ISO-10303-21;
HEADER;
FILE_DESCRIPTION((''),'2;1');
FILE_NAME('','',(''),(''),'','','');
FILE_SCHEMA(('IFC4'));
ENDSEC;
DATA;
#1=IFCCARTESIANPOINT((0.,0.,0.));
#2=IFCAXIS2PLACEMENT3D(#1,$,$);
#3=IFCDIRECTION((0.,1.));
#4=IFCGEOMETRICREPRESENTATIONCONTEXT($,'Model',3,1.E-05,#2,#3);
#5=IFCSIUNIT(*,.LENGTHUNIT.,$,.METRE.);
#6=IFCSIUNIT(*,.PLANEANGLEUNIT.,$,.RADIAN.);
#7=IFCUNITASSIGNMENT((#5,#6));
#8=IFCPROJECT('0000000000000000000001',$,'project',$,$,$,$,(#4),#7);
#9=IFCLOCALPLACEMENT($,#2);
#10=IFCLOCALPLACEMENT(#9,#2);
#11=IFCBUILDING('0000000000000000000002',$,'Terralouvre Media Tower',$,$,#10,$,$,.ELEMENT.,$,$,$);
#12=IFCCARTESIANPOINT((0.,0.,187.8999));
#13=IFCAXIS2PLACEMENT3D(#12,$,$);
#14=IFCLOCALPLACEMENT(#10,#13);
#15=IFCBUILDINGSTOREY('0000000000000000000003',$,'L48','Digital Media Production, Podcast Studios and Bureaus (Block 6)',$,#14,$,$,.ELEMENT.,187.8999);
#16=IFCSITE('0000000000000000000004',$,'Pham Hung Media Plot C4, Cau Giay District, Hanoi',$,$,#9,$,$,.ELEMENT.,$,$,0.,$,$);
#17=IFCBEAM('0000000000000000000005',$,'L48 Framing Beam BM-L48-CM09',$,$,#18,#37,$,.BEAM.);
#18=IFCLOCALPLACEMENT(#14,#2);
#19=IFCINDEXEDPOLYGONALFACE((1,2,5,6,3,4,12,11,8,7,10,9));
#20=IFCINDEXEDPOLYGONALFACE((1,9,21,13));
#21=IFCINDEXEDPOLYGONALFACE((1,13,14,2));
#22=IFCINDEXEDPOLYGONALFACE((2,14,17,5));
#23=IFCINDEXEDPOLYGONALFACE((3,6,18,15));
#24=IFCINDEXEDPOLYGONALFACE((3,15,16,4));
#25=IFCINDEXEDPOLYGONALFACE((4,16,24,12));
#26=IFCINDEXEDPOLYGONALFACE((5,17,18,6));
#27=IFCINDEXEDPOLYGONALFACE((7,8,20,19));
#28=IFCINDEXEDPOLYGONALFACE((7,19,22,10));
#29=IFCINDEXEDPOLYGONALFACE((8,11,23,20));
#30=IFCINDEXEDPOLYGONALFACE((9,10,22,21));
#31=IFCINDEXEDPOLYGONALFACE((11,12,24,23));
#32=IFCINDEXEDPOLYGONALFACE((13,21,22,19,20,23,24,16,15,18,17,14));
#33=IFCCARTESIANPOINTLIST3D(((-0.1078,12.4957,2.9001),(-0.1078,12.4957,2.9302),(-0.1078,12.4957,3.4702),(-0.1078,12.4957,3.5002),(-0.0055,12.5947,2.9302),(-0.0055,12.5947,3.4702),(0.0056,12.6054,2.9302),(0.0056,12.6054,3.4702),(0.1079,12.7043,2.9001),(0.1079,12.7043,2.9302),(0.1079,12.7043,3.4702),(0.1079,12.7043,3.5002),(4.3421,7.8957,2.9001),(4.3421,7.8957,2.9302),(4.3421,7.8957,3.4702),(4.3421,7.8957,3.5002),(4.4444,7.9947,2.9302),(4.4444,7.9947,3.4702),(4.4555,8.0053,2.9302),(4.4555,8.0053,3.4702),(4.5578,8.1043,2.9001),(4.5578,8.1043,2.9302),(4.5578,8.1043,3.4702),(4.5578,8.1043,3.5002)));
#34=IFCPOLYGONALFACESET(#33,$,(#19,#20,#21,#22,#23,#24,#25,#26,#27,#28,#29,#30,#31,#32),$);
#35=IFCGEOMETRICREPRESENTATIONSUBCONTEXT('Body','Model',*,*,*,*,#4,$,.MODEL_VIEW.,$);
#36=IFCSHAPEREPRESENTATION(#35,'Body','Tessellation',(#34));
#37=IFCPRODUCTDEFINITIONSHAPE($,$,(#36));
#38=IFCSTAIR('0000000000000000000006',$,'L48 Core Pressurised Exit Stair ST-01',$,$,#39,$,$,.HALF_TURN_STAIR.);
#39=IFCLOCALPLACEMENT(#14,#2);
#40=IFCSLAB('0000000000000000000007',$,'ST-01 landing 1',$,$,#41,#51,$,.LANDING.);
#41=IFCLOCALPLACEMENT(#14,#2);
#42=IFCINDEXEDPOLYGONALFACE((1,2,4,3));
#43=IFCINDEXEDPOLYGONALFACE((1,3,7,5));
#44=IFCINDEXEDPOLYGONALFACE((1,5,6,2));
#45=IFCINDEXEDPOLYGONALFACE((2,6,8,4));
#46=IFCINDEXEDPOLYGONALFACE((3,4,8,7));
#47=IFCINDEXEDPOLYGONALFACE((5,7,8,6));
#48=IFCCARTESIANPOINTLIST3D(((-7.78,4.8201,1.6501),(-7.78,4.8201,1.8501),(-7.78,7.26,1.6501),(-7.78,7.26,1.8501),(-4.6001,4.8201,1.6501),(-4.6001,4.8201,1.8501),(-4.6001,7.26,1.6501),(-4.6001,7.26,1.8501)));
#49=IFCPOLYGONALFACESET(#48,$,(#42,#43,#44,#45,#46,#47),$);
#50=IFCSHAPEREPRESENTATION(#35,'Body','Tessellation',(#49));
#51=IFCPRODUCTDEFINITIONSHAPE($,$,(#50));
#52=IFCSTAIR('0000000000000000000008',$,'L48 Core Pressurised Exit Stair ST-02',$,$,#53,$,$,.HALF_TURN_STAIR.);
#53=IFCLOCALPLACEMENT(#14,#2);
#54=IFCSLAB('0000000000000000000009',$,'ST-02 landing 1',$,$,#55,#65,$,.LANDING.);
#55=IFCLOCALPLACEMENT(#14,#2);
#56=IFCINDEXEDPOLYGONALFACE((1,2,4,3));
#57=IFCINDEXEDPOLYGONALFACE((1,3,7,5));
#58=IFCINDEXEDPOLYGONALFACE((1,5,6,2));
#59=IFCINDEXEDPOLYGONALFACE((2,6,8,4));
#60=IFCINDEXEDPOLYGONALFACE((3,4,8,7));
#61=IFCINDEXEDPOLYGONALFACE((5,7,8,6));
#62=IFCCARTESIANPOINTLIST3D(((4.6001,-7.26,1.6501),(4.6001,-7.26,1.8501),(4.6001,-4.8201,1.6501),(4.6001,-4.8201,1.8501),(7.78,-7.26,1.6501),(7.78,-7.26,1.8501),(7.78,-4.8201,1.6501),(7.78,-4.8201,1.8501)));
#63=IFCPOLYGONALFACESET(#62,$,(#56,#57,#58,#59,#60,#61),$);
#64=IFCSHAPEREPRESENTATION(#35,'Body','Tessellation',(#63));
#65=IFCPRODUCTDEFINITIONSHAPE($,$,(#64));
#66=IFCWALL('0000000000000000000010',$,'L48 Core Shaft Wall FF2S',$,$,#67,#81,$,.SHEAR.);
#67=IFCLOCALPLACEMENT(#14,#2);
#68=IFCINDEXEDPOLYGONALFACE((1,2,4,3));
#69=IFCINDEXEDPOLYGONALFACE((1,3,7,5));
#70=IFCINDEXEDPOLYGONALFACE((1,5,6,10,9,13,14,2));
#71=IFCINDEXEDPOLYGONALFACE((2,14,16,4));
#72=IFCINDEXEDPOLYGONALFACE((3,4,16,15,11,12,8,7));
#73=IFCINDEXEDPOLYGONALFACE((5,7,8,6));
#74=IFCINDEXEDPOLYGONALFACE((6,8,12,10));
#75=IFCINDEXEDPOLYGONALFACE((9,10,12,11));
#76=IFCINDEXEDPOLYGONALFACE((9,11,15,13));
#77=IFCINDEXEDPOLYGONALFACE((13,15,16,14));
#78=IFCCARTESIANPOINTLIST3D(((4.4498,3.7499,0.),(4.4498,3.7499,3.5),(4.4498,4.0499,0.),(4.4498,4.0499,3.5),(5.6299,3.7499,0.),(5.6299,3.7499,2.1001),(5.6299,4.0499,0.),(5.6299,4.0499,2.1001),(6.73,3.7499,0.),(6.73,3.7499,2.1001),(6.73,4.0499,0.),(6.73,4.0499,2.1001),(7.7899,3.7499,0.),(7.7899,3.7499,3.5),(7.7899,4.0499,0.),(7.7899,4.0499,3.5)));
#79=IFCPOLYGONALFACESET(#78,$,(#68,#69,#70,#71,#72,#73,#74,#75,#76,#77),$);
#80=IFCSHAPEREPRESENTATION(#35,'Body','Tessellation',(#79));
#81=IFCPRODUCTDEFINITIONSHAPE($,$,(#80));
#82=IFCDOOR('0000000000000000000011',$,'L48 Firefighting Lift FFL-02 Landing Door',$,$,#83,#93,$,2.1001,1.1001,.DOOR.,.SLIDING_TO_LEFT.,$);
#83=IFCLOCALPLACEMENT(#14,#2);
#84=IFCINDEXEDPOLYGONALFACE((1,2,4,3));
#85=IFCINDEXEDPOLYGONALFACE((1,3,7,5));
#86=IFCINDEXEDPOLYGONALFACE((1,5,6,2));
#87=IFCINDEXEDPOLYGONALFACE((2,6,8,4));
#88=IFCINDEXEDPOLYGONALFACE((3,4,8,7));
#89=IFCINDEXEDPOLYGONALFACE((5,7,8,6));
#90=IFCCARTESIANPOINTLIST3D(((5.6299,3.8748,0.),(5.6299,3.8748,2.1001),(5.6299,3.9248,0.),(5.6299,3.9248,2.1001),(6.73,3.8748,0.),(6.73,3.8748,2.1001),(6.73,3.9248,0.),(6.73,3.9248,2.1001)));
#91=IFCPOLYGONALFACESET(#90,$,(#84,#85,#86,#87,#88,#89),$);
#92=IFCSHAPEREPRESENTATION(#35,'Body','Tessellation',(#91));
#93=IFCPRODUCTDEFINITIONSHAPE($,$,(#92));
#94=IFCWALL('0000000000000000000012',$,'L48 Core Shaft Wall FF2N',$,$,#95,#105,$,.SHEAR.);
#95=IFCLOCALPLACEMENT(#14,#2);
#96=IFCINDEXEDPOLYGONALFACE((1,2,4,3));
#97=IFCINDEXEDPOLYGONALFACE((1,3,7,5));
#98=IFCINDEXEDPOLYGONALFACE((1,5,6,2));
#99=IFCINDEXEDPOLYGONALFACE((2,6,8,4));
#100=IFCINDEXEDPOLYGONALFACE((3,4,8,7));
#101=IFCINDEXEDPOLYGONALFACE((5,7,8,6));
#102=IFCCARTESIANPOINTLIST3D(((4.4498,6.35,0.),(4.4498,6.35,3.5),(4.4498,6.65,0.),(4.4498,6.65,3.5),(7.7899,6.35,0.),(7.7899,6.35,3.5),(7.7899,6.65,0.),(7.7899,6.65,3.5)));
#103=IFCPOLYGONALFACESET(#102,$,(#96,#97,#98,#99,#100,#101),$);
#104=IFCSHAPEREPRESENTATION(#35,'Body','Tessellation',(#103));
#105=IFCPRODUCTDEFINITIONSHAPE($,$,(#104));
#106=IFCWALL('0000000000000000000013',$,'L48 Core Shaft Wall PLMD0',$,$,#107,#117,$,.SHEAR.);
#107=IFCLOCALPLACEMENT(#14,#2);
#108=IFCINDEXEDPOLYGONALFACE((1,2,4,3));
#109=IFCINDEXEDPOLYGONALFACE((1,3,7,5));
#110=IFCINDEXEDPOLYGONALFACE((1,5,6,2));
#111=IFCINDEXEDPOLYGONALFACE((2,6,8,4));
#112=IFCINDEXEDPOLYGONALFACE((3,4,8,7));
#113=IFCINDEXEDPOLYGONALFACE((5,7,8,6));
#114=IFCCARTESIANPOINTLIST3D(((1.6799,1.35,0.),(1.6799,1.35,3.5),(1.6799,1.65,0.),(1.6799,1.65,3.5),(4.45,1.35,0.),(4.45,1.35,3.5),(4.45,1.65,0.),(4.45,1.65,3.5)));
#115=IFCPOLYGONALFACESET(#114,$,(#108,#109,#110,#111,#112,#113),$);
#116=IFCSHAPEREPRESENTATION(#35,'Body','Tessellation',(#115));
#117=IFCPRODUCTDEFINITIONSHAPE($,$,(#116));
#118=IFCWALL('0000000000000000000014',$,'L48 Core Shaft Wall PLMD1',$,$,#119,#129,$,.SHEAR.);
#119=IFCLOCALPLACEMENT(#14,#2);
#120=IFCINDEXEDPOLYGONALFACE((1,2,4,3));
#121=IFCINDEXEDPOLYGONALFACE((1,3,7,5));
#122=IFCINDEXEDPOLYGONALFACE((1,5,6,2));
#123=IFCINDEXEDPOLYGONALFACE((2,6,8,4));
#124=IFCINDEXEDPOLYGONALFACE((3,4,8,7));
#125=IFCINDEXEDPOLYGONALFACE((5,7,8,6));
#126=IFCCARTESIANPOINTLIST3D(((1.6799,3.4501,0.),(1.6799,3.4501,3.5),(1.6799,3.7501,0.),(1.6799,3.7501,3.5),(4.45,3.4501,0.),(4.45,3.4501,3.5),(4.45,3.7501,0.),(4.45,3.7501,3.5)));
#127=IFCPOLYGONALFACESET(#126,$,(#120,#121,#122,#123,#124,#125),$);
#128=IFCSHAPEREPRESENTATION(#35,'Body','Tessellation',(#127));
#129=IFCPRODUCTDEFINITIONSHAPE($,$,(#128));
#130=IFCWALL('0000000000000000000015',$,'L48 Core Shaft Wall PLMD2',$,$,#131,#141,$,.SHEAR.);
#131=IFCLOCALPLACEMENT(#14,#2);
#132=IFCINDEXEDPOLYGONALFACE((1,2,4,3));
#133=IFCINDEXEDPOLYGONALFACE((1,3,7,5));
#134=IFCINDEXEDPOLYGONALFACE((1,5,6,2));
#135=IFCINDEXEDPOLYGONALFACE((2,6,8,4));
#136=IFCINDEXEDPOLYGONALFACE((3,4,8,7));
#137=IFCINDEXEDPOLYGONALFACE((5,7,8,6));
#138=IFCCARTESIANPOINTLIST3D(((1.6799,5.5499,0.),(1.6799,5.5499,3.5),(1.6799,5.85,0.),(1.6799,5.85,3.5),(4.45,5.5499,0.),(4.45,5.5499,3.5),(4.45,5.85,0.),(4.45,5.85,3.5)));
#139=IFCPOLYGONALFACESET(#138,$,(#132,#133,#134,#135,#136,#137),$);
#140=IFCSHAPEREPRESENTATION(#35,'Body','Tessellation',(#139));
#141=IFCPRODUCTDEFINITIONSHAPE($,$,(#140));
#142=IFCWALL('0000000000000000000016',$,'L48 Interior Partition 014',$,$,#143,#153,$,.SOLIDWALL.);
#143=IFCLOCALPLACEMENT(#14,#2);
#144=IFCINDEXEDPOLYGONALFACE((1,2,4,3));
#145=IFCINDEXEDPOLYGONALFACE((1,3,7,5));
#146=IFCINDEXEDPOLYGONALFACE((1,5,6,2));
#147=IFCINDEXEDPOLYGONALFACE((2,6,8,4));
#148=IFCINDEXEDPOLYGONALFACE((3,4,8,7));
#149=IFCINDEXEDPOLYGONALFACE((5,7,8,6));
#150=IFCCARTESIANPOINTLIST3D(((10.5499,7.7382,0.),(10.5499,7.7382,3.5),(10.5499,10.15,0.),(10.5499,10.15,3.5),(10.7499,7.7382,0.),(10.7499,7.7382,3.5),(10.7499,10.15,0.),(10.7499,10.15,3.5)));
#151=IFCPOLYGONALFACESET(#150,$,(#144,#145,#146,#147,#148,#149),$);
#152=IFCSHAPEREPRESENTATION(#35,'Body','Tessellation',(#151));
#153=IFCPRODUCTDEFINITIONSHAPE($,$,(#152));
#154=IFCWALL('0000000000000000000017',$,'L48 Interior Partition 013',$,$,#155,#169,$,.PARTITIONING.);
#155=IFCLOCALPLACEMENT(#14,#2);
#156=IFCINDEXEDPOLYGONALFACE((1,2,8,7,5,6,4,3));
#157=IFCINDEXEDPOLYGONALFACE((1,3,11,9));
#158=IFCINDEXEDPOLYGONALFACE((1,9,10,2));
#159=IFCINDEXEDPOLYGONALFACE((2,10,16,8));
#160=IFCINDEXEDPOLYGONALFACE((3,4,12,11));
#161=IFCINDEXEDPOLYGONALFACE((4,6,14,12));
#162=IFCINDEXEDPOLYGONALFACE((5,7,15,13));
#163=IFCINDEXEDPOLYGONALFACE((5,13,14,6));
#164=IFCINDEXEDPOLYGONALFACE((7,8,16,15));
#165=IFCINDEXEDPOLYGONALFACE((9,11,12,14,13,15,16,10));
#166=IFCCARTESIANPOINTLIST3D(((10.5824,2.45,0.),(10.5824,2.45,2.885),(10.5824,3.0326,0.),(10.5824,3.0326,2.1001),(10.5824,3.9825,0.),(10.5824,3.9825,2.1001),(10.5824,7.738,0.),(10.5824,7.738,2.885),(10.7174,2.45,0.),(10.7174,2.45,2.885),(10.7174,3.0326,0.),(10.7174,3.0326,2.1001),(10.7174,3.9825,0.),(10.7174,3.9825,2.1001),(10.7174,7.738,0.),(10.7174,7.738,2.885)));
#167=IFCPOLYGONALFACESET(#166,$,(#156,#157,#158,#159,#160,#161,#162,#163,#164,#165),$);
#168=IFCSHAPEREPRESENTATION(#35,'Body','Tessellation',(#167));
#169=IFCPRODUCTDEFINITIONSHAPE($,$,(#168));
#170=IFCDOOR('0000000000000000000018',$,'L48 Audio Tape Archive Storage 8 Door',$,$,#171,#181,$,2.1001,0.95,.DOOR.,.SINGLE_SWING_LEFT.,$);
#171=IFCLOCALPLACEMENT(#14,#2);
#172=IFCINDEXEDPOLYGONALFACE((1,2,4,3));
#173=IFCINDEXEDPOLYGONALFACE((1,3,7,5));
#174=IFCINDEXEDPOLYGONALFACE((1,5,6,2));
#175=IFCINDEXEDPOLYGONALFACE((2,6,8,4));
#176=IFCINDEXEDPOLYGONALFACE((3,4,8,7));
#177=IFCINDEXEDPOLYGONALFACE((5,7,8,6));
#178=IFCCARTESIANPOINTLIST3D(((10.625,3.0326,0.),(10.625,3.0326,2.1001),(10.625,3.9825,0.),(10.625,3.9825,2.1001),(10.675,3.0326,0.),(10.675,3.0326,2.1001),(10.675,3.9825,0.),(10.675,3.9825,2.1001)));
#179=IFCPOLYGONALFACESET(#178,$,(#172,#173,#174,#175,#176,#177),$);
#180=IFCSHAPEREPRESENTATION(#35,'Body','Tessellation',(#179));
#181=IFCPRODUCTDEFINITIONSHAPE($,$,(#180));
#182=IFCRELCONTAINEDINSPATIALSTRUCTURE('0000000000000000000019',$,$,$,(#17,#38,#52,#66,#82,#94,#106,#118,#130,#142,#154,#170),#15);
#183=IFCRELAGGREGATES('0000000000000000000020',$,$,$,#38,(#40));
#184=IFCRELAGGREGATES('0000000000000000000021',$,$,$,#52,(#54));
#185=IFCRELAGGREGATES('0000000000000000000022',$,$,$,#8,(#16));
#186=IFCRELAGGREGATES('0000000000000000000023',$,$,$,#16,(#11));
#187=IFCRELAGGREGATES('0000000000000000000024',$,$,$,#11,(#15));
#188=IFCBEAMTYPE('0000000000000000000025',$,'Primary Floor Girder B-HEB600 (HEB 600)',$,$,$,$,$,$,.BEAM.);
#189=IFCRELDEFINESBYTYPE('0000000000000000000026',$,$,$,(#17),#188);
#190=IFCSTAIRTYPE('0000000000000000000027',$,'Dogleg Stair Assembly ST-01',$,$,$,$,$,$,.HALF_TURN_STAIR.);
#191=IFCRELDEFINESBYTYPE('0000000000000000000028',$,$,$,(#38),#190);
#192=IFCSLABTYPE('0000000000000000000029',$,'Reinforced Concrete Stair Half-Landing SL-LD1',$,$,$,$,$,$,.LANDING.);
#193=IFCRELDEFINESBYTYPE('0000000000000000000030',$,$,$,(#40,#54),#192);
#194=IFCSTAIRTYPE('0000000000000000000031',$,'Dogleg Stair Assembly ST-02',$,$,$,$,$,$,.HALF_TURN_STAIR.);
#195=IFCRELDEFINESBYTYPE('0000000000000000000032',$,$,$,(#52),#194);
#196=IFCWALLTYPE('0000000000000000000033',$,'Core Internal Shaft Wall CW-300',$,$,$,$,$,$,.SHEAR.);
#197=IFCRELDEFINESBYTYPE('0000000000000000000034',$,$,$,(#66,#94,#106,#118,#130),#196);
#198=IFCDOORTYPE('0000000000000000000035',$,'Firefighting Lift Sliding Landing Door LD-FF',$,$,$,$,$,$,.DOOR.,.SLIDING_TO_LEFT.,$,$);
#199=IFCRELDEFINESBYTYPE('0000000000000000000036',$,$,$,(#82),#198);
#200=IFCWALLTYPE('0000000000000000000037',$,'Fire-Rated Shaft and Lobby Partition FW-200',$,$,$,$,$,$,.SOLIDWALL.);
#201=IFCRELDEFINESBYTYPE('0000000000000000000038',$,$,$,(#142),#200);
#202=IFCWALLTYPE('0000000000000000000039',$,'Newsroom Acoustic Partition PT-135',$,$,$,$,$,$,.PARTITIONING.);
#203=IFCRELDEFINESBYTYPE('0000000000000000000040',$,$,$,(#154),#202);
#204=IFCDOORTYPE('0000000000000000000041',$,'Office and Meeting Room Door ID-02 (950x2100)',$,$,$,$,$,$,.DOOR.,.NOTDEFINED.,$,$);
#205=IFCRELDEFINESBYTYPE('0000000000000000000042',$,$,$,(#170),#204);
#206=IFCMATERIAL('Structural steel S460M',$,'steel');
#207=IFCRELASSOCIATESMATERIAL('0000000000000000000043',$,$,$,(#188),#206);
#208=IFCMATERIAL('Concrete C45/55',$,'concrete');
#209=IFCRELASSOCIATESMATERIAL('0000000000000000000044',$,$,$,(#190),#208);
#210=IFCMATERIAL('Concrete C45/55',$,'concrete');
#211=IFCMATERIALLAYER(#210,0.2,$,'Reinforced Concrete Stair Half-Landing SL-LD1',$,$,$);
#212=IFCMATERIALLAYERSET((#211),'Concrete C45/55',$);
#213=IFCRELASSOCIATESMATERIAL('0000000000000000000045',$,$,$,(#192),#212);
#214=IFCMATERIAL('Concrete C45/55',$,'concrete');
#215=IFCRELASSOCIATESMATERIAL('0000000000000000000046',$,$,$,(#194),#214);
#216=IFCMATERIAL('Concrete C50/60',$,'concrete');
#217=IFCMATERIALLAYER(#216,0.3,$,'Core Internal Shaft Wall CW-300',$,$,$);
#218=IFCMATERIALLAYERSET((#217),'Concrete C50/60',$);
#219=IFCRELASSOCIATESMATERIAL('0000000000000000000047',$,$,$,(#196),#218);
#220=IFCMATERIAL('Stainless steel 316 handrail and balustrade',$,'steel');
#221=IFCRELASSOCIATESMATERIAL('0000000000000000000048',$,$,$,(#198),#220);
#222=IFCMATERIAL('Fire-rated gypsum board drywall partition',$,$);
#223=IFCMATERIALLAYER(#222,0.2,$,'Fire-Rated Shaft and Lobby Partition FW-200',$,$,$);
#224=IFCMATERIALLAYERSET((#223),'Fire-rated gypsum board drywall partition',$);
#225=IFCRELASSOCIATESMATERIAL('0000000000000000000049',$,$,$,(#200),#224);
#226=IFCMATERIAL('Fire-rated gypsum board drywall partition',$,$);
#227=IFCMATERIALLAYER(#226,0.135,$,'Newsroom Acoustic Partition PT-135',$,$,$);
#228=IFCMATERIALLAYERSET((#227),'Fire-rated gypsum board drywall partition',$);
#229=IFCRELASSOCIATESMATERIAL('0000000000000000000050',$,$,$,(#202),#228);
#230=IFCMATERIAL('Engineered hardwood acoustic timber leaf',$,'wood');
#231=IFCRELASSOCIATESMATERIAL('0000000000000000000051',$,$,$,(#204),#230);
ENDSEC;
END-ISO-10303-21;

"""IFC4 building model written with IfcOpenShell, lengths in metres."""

from ifc_helpers import new_model, si_unit, direction, frame, frame_2d, origin, origin_2d, place, context, subcontext, project, spatial, polyline, rectangle, i_section, outline, extrude, material, layer, layer_set, material_profile, profile_set, type_object, element, fill, aggregate, save


model = new_model("IFC4")

# Units and contexts
model_context = context("Model", 3, precision=1e-05, world=origin(), true_north=direction((0.0, 1.0)))
body_context = subcontext(model_context, "Body", "Model", "MODEL_VIEW")
ifc_project = project(units=[si_unit("LENGTHUNIT", "METRE"), si_unit("PLANEANGLEUNIT", "RADIAN")], contexts=[model_context])

# Site, building, storey
site_placement = place(None, origin())
site = spatial("IfcSite", under=ifc_project, at=site_placement, Name="Pham Hung Media Plot C4, Cau Giay District, Hanoi", CompositionType="ELEMENT", RefElevation=0.0)
building_placement = place(site_placement, origin())
building = spatial("IfcBuilding", under=site, at=building_placement, Name="Terralouvre Media Tower", CompositionType="ELEMENT")
storey_placement = place(building_placement, frame((0.0, 0.0, 187.8999)))
storey = spatial("IfcBuildingStorey", under=building, at=storey_placement, Name="L48", Description="Digital Media Production, Podcast Studios and Bureaus (Block 6)", CompositionType="ELEMENT", Elevation=187.8999)

# Beam
ifc_material_1 = material(Name="Structural steel S460M", Category="steel")
ifc_material_profile_1 = material_profile(ifc_material_1, i_section(OverallWidth=0.3, OverallDepth=0.6001, WebThickness=0.0154, FlangeThickness=0.03, at=origin_2d()), Name="HEB 600")
ifc_profile_set_1 = profile_set([ifc_material_profile_1], Name="Structural steel S460M")
beam_type = type_object("IfcBeamType", Name="Primary Floor Girder B-HEB600 (HEB 600)", PredefinedType="BEAM", material=ifc_profile_set_1)
beam_1_placement = place(storey_placement, frame((4.45, 8.0, 3.2002), z_axis=(-0.69528, 0.718739, 0.0), x_axis=(-0.718739, -0.69528, 0.0)))
element("IfcBeam", 1, at=beam_1_placement, inside=storey, type_object=beam_type, Name="L48 Framing Beam BM-L48-CM09", PredefinedType="BEAM", context=body_context, shape_type="SweptSolid", body=[
    extrude(i_section(OverallWidth=0.3, OverallDepth=0.6001, WebThickness=0.0154, FlangeThickness=0.03, at=origin_2d()), origin(), (0.0, 0.0, 1.0), 6.4001),
])

# Stairs, slabs
ifc_material_2 = material(Name="Concrete C45/55", Category="concrete")
stair_type_1 = type_object("IfcStairType", Name="Dogleg Stair Assembly ST-01", PredefinedType="HALF_TURN_STAIR", material=ifc_material_2)
stair_1_placement = place(storey_placement, origin())
stair_1 = element("IfcStair", 2, at=stair_1_placement, inside=storey, type_object=stair_type_1, Name="L48 Core Pressurised Exit Stair ST-01", PredefinedType="HALF_TURN_STAIR")
ifc_material_3 = material(Name="Concrete C45/55", Category="concrete")
ifc_layer_1 = layer(ifc_material_3, 0.2, Name="Reinforced Concrete Stair Half-Landing SL-LD1")
ifc_layer_set_1 = layer_set([ifc_layer_1], Name="Concrete C45/55")
slab_type = type_object("IfcSlabType", Name="Reinforced Concrete Stair Half-Landing SL-LD1", PredefinedType="LANDING", material=ifc_layer_set_1)
slab_1_placement = place(storey_placement, frame((0.0, 0.0, 1.6501)))
slab_1 = element("IfcSlab", 3, at=slab_1_placement, type_object=slab_type, Name="ST-01 landing 1", PredefinedType="LANDING", context=body_context, shape_type="SweptSolid", body=[
    extrude(outline(polyline([(-4.6001, 4.8201), (-4.6001, 7.26), (-7.78, 7.26), (-7.78, 4.8201), (-4.6001, 4.8201)])), origin(), (0.0, 0.0, 1.0), 0.2),
])
aggregate(stair_1, [slab_1])
ifc_material_4 = material(Name="Concrete C45/55", Category="concrete")
stair_type_2 = type_object("IfcStairType", Name="Dogleg Stair Assembly ST-02", PredefinedType="HALF_TURN_STAIR", material=ifc_material_4)
stair_2_placement = place(storey_placement, origin())
stair_2 = element("IfcStair", 4, at=stair_2_placement, inside=storey, type_object=stair_type_2, Name="L48 Core Pressurised Exit Stair ST-02", PredefinedType="HALF_TURN_STAIR")
slab_2_placement = place(storey_placement, frame((0.0, 0.0, 1.6501)))
slab_2 = element("IfcSlab", 5, at=slab_2_placement, type_object=slab_type, Name="ST-02 landing 1", PredefinedType="LANDING", context=body_context, shape_type="SweptSolid", body=[
    extrude(outline(polyline([(4.6001, -4.8201), (4.6001, -7.26), (7.78, -7.26), (7.78, -4.8201), (4.6001, -4.8201)])), origin(), (0.0, 0.0, 1.0), 0.2),
])
aggregate(stair_2, [slab_2])

# Wall, opening, door
ifc_material_5 = material(Name="Concrete C50/60", Category="concrete")
ifc_layer_2 = layer(ifc_material_5, 0.3, Name="Core Internal Shaft Wall CW-300")
ifc_layer_set_2 = layer_set([ifc_layer_2], Name="Concrete C50/60")
wall_type_1 = type_object("IfcWallType", Name="Core Internal Shaft Wall CW-300", PredefinedType="SHEAR", material=ifc_layer_set_2)
wall_1_placement = place(storey_placement, frame((4.45, 3.8999, 0.0), z_axis=(0.0, 0.0, 1.0), x_axis=(1.0, 0.0, 0.0)))
wall_1 = element("IfcWall", 6, at=wall_1_placement, inside=storey, type_object=wall_type_1, Name="L48 Core Shaft Wall FF2S", PredefinedType="SHEAR", context=body_context, shape_type="SweptSolid", body=[
    extrude(rectangle(XDim=3.3401, YDim=0.3, at=frame_2d((1.6699, 0.0))), origin(), (0.0, 0.0, 1.0), 3.5),
])
opening_1_placement = place(wall_1_placement, frame((1.1799, 0.0, 0.0)))
opening_1 = element("IfcOpeningElement", 7, at=opening_1_placement, cuts=wall_1, PredefinedType="OPENING", context=body_context, shape_type="SweptSolid", body=[
    extrude(rectangle(XDim=1.1001, YDim=2.1001, at=frame_2d((0.55, 1.05))), frame((0.0, 0.1599, 0.0), z_axis=(0.0, -1.0, 0.0), x_axis=(1.0, 0.0, 0.0)), (0.0, 0.0, 1.0), 0.3201),
])
ifc_material_6 = material(Name="Stainless steel 316 handrail and balustrade", Category="steel")
door_type_1 = type_object("IfcDoorType", Name="Firefighting Lift Sliding Landing Door LD-FF", OperationType="SLIDING_TO_LEFT", PredefinedType="DOOR", material=ifc_material_6)
door_1_placement = place(opening_1_placement, origin())
door_1 = element("IfcDoor", 8, at=door_1_placement, inside=storey, type_object=door_type_1, Name="L48 Firefighting Lift FFL-02 Landing Door", OperationType="SLIDING_TO_LEFT", OverallHeight=2.1001, OverallWidth=1.1001, PredefinedType="DOOR", context=body_context, shape_type="SweptSolid", body=[
    extrude(rectangle(XDim=1.1001, YDim=2.1001, at=frame_2d((0.55, 1.05))), frame((0.0, 0.0249, 0.0), z_axis=(0.0, -1.0, 0.0), x_axis=(1.0, 0.0, 0.0)), (0.0, 0.0, 1.0), 0.05),
])
fill(opening_1, door_1)

# Walls
wall_2_placement = place(storey_placement, frame((4.45, 6.5, 0.0), z_axis=(0.0, 0.0, 1.0), x_axis=(1.0, 0.0, 0.0)))
element("IfcWall", 9, at=wall_2_placement, inside=storey, type_object=wall_type_1, Name="L48 Core Shaft Wall FF2N", PredefinedType="SHEAR", context=body_context, shape_type="SweptSolid", body=[
    extrude(rectangle(XDim=3.3401, YDim=0.3, at=frame_2d((1.6699, 0.0))), origin(), (0.0, 0.0, 1.0), 3.5),
])
for number, where, z_axis, x_axis, name in (
    (10, (1.6799, 1.5, 0.0), (0.0, 0.0, 1.0), (1.0, 0.0, 0.0), "L48 Core Shaft Wall PLMD0"),
    (11, (1.6799, 3.6001, 0.0), (0.0, 0.0, 1.0), (1.0, 0.0, 0.0), "L48 Core Shaft Wall PLMD1"),
    (12, (1.6799, 5.7, 0.0), (0.0, 0.0, 1.0), (1.0, 0.0, 0.0), "L48 Core Shaft Wall PLMD2"),
):
    element("IfcWall", number, at=place(storey_placement, frame(where, z_axis=z_axis, x_axis=x_axis)), inside=storey, type_object=wall_type_1, Name=name, PredefinedType="SHEAR", context=body_context, shape_type="SweptSolid", body=[
        extrude(rectangle(XDim=2.77, YDim=0.3, at=frame_2d((1.385, 0.0))), origin(), (0.0, 0.0, 1.0), 3.5),
    ])
ifc_material_7 = material(Name="Fire-rated gypsum board drywall partition")
ifc_layer_3 = layer(ifc_material_7, 0.2, Name="Fire-Rated Shaft and Lobby Partition FW-200")
ifc_layer_set_3 = layer_set([ifc_layer_3], Name="Fire-rated gypsum board drywall partition")
wall_type_2 = type_object("IfcWallType", Name="Fire-Rated Shaft and Lobby Partition FW-200", PredefinedType="SOLIDWALL", material=ifc_layer_set_3)
wall_3_placement = place(storey_placement, frame((10.6499, 7.738, 0.0), z_axis=(0.0, 0.0, 1.0), x_axis=(0.0, 1.0, 0.0)))
element("IfcWall", 13, at=wall_3_placement, inside=storey, type_object=wall_type_2, Name="L48 Interior Partition 014", PredefinedType="SOLIDWALL", context=body_context, shape_type="SweptSolid", body=[
    extrude(rectangle(XDim=2.4119, YDim=0.2, at=frame_2d((1.2061, 0.0))), origin(), (0.0, 0.0, 1.0), 3.5),
])

# Wall, opening, door
ifc_material_8 = material(Name="Fire-rated gypsum board drywall partition")
ifc_layer_4 = layer(ifc_material_8, 0.135, Name="Newsroom Acoustic Partition PT-135")
ifc_layer_set_4 = layer_set([ifc_layer_4], Name="Fire-rated gypsum board drywall partition")
wall_type_3 = type_object("IfcWallType", Name="Newsroom Acoustic Partition PT-135", PredefinedType="PARTITIONING", material=ifc_layer_set_4)
wall_4_placement = place(storey_placement, frame((10.6499, 2.45, 0.0), z_axis=(0.0, 0.0, 1.0), x_axis=(0.0, 1.0, 0.0)))
wall_4 = element("IfcWall", 14, at=wall_4_placement, inside=storey, type_object=wall_type_3, Name="L48 Interior Partition 013", PredefinedType="PARTITIONING", context=body_context, shape_type="SweptSolid", body=[
    extrude(rectangle(XDim=5.2881, YDim=0.135, at=frame_2d((2.644, 0.0))), origin(), (0.0, 0.0, 1.0), 2.885),
])
opening_2_placement = place(wall_4_placement, frame((0.5825, 0.0, 0.0)))
opening_2 = element("IfcOpeningElement", 15, at=opening_2_placement, cuts=wall_4, PredefinedType="OPENING", context=body_context, shape_type="SweptSolid", body=[
    extrude(rectangle(XDim=0.95, YDim=2.1001, at=frame_2d((0.4751, 1.05))), frame((0.0, 0.0774, 0.0), z_axis=(0.0, -1.0, 0.0), x_axis=(1.0, 0.0, 0.0)), (0.0, 0.0, 1.0), 0.155),
])
ifc_material_9 = material(Name="Engineered hardwood acoustic timber leaf", Category="wood")
door_type_2 = type_object("IfcDoorType", Name="Office and Meeting Room Door ID-02 (950x2100)", OperationType="NOTDEFINED", PredefinedType="DOOR", material=ifc_material_9)
door_2_placement = place(opening_2_placement, origin())
door_2 = element("IfcDoor", 16, at=door_2_placement, inside=storey, type_object=door_type_2, Name="L48 Audio Tape Archive Storage 8 Door", OperationType="SINGLE_SWING_LEFT", OverallHeight=2.1001, OverallWidth=0.95, PredefinedType="DOOR", context=body_context, shape_type="SweptSolid", body=[
    extrude(rectangle(XDim=0.95, YDim=2.1001, at=frame_2d((0.4751, 1.05))), frame((0.0, 0.0249, 0.0), z_axis=(0.0, -1.0, 0.0), x_axis=(1.0, 0.0, 0.0)), (0.0, 0.0, 1.0), 0.05),
])
fill(opening_2, door_2)

save(model, "model.ifc")
